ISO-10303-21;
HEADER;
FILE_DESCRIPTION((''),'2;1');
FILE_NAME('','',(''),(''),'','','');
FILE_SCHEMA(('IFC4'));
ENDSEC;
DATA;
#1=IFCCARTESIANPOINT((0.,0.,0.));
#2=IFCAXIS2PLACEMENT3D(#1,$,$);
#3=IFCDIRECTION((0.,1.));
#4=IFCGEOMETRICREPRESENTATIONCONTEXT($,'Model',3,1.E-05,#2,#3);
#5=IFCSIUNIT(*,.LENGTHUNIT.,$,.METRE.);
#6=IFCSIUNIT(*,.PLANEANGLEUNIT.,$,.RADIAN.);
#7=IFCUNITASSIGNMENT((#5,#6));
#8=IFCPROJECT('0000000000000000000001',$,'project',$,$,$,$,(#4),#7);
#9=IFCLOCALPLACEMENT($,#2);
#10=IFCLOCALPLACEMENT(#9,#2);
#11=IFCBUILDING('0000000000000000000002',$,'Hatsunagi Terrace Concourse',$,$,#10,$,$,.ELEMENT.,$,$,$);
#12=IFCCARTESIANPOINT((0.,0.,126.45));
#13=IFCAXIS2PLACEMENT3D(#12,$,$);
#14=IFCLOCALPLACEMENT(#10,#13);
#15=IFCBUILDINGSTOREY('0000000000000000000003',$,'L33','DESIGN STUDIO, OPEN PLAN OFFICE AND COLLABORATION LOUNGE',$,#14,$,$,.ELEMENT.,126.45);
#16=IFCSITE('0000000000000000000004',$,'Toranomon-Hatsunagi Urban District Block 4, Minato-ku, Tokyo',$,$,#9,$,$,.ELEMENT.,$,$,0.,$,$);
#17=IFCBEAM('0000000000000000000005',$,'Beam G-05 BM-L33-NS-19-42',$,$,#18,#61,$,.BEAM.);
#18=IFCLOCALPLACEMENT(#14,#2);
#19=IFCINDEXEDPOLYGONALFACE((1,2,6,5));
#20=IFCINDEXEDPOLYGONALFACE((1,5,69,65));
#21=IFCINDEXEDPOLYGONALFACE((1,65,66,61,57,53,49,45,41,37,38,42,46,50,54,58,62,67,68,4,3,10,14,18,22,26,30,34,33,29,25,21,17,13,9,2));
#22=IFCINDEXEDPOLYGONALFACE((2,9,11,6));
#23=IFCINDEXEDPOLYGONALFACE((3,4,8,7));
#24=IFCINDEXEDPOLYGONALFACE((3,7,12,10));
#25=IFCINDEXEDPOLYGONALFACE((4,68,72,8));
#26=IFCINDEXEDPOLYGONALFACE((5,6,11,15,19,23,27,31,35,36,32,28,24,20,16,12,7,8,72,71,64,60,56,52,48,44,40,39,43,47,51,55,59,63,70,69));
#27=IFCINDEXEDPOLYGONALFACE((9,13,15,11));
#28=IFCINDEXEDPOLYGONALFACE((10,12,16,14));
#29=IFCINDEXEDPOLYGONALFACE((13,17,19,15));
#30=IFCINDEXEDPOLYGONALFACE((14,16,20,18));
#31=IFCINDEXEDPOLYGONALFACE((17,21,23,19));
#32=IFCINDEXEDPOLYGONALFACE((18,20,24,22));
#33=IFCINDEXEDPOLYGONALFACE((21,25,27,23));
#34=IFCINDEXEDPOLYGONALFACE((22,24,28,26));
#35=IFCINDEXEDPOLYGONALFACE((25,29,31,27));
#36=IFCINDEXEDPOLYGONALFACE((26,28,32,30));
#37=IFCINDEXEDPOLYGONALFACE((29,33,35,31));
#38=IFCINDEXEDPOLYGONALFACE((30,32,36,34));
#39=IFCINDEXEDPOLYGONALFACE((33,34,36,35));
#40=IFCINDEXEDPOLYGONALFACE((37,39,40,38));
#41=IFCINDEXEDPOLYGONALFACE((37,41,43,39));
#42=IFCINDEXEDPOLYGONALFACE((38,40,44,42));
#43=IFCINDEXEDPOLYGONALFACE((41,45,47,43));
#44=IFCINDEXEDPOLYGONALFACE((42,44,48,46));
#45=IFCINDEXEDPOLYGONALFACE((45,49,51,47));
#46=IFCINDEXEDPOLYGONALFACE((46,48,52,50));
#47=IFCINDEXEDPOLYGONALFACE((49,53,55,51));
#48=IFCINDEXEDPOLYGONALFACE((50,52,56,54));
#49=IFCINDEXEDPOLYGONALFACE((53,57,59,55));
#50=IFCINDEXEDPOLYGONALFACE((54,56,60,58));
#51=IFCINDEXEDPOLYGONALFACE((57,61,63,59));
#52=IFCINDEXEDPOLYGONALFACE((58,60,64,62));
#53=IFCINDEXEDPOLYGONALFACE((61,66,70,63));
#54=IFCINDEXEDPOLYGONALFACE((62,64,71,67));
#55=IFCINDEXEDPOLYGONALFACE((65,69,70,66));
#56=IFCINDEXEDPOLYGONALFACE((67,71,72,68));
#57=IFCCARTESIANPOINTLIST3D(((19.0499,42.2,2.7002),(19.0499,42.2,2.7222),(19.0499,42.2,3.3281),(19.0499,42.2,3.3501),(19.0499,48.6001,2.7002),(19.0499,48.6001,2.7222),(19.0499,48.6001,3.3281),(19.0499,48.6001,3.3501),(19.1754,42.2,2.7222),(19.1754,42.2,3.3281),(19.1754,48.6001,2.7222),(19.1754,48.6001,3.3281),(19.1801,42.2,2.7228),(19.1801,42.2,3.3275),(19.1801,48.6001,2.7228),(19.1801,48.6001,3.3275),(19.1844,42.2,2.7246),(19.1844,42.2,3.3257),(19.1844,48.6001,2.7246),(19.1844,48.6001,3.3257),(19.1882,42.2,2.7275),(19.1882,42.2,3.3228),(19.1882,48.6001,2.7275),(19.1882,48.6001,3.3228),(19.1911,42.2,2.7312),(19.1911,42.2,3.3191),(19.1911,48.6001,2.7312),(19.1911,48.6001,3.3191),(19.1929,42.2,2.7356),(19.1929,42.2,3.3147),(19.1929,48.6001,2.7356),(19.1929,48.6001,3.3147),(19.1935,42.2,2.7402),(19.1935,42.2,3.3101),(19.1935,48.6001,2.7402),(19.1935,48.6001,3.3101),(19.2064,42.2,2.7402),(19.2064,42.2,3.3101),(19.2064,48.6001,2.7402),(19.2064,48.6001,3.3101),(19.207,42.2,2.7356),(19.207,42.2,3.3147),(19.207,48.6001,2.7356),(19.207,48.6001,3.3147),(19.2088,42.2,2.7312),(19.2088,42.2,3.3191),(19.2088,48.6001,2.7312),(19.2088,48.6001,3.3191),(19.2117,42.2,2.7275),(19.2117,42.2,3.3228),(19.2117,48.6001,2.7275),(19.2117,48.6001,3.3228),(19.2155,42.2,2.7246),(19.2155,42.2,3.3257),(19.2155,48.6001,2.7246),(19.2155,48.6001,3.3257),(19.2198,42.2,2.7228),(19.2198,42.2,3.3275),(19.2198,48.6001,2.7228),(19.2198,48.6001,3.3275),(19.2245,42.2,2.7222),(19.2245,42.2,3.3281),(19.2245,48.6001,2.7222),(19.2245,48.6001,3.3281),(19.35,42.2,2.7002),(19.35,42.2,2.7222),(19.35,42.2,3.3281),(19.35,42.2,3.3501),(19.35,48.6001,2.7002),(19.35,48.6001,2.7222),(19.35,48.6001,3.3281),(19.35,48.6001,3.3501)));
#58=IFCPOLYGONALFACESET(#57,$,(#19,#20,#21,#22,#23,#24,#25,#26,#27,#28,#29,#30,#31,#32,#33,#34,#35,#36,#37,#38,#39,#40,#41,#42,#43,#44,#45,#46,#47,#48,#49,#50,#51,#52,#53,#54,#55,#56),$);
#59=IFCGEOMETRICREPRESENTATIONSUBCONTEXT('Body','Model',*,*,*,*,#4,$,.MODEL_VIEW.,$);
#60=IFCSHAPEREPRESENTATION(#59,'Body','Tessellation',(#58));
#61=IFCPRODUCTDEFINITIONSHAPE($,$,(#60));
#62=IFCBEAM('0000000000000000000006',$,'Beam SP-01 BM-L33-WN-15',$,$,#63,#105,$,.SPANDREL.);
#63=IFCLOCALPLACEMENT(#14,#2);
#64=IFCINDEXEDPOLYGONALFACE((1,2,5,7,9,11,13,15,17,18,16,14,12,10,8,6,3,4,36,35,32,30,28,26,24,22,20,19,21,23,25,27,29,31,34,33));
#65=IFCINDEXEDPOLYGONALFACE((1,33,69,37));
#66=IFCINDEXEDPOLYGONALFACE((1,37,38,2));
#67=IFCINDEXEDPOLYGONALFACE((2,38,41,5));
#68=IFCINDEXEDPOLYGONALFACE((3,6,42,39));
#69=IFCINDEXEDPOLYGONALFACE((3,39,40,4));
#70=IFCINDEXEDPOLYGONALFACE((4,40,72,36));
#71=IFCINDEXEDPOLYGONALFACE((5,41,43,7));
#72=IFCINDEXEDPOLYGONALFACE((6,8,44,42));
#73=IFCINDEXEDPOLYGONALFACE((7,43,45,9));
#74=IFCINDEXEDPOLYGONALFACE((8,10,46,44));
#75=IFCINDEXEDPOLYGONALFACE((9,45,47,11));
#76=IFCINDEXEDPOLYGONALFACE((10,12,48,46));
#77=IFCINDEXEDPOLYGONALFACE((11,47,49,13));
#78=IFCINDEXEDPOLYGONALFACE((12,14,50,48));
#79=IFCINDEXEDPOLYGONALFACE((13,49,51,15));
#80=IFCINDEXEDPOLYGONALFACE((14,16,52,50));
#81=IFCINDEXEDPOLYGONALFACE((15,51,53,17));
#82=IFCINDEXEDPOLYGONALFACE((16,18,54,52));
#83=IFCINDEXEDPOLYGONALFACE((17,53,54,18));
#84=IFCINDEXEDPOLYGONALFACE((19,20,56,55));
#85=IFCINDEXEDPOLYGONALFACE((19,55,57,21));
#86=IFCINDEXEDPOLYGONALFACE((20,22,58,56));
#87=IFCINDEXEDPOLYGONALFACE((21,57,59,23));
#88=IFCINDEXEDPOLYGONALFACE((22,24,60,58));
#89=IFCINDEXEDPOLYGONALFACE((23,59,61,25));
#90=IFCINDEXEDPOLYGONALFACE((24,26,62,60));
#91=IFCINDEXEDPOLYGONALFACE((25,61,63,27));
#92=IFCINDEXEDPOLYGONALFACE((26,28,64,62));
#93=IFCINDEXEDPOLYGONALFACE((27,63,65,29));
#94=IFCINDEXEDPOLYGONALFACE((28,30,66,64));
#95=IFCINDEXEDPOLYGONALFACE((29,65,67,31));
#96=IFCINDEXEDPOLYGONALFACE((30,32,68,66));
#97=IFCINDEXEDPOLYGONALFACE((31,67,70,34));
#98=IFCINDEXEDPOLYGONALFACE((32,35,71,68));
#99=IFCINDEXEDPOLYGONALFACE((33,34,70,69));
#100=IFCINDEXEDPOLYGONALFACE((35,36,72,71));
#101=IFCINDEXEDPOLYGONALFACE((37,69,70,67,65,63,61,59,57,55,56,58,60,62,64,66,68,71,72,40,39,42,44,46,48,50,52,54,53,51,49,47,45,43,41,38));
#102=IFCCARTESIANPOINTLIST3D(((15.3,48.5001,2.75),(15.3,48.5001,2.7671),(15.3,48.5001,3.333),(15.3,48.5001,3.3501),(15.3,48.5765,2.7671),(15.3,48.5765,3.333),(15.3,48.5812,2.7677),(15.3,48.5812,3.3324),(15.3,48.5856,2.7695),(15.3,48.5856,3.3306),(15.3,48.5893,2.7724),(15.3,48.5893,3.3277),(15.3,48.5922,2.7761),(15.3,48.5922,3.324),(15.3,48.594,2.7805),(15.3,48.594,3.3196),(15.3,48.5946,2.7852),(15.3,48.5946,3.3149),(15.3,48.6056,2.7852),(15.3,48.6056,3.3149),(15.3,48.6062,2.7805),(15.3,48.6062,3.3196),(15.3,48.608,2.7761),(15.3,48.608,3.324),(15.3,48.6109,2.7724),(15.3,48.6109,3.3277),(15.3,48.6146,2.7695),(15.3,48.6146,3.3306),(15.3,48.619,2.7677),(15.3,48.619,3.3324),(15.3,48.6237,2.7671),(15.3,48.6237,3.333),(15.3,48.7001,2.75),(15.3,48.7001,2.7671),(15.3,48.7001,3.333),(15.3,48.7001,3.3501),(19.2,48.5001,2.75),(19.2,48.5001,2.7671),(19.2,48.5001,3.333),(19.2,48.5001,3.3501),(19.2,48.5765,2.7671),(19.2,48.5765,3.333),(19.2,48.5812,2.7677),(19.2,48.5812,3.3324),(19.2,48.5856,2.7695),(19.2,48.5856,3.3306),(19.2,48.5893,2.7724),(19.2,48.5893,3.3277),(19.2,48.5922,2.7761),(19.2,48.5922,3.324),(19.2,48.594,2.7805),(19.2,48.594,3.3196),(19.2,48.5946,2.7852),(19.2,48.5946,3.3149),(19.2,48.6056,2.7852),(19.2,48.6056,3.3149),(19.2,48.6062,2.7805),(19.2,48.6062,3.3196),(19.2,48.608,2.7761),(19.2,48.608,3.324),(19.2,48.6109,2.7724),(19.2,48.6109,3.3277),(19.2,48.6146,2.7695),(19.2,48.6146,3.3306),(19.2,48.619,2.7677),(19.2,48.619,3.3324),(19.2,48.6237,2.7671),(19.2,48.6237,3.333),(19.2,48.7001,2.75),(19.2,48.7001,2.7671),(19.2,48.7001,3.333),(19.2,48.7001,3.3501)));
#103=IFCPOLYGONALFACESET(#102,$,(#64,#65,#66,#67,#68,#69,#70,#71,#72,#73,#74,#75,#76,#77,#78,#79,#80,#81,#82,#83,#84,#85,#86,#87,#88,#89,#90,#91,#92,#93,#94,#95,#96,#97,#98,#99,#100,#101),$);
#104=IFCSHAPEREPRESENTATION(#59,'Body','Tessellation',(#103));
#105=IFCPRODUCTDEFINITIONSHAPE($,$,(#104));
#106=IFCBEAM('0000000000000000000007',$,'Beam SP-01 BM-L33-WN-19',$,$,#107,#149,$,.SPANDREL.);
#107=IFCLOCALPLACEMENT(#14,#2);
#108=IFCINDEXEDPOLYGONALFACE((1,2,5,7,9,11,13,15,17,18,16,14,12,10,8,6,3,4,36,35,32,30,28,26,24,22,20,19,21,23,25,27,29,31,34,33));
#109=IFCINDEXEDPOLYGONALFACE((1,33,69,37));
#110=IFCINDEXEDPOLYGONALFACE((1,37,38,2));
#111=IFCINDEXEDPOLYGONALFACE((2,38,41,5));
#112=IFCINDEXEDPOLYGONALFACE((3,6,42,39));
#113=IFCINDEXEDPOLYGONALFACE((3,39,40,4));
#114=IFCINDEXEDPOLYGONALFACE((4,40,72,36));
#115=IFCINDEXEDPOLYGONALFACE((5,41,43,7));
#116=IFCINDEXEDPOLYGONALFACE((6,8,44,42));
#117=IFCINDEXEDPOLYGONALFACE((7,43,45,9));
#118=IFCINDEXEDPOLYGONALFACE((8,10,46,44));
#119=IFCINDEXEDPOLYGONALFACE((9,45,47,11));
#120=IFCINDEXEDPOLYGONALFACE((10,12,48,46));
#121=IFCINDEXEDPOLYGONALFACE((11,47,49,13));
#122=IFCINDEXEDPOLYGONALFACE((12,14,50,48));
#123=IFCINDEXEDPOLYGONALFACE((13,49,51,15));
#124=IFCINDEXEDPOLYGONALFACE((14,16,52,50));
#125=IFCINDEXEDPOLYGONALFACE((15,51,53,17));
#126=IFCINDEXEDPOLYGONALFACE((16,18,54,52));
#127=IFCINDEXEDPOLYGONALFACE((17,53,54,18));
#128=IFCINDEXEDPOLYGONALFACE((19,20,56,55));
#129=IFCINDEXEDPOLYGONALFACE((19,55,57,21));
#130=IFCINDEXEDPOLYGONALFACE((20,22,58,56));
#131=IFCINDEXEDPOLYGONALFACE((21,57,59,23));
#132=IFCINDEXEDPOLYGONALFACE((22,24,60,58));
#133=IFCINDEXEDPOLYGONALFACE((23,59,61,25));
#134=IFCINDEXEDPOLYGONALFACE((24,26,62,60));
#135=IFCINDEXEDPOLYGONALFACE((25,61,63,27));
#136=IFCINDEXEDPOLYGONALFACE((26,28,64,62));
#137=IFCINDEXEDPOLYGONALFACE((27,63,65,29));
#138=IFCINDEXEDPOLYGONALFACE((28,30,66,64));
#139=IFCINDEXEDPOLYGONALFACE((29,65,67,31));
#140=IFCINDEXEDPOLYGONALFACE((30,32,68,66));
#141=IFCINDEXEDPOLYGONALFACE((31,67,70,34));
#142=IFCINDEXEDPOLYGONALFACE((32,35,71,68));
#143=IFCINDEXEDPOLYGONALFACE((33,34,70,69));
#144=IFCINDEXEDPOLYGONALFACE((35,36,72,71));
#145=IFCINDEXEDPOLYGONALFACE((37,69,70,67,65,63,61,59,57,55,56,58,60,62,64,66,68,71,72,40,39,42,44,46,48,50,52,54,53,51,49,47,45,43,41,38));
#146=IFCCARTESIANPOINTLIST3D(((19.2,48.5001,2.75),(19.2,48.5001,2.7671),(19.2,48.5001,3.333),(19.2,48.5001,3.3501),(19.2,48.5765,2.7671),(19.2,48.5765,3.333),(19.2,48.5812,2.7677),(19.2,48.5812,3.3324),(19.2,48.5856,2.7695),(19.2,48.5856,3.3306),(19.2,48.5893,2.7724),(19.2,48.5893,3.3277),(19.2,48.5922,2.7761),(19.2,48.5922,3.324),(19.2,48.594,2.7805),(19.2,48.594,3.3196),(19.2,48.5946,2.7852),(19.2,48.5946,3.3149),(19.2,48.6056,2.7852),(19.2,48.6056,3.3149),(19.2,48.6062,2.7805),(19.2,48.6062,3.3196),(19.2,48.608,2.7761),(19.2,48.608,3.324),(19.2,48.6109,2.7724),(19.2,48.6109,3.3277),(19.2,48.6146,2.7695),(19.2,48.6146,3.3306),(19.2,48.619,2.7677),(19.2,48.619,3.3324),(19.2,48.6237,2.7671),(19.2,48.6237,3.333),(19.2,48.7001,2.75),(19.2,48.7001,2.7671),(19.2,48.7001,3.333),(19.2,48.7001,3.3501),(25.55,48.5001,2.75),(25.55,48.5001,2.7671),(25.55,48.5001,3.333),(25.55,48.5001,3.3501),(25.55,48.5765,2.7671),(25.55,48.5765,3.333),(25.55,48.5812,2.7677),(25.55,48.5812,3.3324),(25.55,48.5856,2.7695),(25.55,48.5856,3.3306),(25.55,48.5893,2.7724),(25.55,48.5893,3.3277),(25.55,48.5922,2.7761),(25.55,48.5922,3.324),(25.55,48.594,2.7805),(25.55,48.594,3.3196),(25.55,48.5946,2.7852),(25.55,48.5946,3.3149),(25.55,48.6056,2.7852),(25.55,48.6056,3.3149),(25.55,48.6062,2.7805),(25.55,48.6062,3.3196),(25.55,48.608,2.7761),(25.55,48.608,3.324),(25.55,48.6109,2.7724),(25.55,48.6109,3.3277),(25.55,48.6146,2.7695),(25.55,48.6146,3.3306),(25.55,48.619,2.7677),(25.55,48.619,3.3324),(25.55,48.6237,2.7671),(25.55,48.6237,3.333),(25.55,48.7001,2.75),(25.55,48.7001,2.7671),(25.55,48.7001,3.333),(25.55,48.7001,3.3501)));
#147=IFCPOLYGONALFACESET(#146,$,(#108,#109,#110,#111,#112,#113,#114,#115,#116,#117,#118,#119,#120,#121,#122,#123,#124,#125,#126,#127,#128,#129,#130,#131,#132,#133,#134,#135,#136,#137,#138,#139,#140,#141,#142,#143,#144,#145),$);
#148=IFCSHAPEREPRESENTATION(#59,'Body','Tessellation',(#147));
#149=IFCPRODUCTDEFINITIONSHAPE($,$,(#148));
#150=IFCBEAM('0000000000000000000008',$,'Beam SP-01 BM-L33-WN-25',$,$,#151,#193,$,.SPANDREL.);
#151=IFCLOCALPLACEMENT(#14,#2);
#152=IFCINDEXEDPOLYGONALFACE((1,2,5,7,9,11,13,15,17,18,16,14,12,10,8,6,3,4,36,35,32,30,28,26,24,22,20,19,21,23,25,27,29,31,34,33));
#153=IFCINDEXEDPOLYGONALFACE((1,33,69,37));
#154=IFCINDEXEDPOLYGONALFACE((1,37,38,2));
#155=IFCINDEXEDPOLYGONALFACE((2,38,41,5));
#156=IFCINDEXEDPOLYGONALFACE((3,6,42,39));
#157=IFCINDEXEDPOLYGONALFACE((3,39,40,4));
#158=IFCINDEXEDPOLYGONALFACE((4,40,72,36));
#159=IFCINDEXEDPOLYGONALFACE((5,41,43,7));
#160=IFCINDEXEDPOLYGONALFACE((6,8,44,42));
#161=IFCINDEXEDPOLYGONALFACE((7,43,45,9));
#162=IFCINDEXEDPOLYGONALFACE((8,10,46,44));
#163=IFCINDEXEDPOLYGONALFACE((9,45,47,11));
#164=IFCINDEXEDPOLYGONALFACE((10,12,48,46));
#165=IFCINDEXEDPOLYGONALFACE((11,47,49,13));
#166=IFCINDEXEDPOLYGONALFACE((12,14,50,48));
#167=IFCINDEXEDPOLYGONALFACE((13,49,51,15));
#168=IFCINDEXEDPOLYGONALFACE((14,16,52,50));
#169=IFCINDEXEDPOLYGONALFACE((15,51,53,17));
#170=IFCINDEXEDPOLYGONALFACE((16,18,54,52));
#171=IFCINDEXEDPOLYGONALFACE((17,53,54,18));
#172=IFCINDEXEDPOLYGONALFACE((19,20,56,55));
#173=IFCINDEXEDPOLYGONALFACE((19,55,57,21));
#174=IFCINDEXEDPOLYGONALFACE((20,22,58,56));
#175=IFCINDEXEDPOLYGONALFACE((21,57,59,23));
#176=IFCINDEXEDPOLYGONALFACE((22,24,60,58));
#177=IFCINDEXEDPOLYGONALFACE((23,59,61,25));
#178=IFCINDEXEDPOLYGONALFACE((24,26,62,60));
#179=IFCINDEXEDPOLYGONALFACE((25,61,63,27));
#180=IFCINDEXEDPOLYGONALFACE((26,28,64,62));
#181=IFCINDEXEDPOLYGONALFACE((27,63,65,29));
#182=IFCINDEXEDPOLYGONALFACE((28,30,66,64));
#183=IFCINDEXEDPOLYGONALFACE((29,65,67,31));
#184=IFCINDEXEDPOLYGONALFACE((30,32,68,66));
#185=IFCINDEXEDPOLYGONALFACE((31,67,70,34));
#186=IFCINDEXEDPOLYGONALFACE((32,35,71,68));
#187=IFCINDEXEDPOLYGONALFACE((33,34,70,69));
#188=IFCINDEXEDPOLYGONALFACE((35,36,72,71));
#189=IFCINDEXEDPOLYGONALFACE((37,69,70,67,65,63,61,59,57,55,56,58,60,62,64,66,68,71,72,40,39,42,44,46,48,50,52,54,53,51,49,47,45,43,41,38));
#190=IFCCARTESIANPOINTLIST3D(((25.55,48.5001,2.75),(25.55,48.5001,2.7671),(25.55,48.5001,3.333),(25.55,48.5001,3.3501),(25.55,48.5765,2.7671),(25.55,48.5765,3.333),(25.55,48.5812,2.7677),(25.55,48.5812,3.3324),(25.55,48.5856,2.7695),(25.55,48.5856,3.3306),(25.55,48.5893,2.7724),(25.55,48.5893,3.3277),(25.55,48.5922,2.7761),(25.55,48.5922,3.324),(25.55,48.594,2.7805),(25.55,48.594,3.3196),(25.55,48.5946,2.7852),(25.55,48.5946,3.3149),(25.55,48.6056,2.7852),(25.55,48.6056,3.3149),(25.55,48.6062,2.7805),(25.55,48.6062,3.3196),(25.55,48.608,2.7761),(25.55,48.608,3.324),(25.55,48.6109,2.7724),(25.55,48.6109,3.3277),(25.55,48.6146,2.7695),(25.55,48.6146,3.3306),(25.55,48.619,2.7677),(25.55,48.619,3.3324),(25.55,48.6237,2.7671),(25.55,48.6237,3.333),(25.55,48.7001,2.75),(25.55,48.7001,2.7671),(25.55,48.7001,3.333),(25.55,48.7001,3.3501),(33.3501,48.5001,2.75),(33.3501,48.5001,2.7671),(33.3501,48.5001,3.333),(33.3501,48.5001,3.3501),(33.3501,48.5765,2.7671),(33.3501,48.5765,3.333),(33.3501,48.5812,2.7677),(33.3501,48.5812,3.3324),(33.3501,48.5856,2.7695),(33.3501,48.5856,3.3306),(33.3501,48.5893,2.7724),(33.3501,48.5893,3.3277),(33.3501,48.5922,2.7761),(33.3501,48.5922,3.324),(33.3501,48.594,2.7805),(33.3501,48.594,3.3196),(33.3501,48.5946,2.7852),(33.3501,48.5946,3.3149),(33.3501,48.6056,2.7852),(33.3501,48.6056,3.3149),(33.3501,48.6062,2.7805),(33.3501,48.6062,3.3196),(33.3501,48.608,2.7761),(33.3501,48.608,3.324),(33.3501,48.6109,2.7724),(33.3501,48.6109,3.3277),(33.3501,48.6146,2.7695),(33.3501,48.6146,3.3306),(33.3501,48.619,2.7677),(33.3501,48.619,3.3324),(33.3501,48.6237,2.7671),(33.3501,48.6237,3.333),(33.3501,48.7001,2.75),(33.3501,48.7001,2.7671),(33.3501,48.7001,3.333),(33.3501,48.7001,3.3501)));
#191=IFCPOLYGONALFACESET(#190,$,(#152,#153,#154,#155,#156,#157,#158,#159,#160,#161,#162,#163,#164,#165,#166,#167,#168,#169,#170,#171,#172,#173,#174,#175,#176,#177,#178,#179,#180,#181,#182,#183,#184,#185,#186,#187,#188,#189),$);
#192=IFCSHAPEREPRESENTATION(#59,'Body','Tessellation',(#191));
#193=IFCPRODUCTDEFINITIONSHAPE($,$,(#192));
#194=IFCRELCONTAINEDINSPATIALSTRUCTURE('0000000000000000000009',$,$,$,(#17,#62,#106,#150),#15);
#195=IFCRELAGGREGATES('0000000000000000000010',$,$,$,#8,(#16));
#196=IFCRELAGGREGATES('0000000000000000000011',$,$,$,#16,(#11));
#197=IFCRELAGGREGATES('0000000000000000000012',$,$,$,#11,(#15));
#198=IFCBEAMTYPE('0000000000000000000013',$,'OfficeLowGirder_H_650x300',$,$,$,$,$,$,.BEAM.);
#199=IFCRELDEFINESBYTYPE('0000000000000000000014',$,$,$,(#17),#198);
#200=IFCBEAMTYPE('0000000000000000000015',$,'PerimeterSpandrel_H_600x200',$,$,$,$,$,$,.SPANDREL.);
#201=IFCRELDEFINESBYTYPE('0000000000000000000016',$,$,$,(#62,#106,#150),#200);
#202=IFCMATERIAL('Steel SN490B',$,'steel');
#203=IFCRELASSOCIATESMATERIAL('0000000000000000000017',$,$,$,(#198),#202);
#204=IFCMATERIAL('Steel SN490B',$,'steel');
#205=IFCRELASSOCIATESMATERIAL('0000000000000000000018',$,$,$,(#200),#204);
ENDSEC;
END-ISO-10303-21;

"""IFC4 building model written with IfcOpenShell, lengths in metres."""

from ifc_helpers import new_model, si_unit, direction, frame, origin, origin_2d, place, context, subcontext, project, spatial, i_section, extrude, material, material_profile, profile_set, type_object, element, save


model = new_model("IFC4")

# Units and contexts
model_context = context("Model", 3, precision=1e-05, world=origin(), true_north=direction((0.0, 1.0)))
body_context = subcontext(model_context, "Body", "Model", "MODEL_VIEW")
ifc_project = project(units=[si_unit("LENGTHUNIT", "METRE"), si_unit("PLANEANGLEUNIT", "RADIAN")], contexts=[model_context])

# Site, building, storey
site_placement = place(None, origin())
site = spatial("IfcSite", under=ifc_project, at=site_placement, Name="Toranomon-Hatsunagi Urban District Block 4, Minato-ku, Tokyo", CompositionType="ELEMENT", RefElevation=0.0)
building_placement = place(site_placement, origin())
building = spatial("IfcBuilding", under=site, at=building_placement, Name="Hatsunagi Terrace Concourse", CompositionType="ELEMENT")
storey_placement = place(building_placement, frame((0.0, 0.0, 126.45)))
storey = spatial("IfcBuildingStorey", under=building, at=storey_placement, Name="L33", Description="DESIGN STUDIO, OPEN PLAN OFFICE AND COLLABORATION LOUNGE", CompositionType="ELEMENT", Elevation=126.45)

# Beams
ifc_material_1 = material(Name="Steel SN490B", Category="steel")
ifc_material_profile_1 = material_profile(ifc_material_1, i_section(OverallWidth=0.3, OverallDepth=0.6499, WebThickness=0.0129, FlangeThickness=0.022, FilletRadius=0.0181, at=origin_2d()), Name="H-650x300x13x22")
ifc_profile_set_1 = profile_set([ifc_material_profile_1], Name="Steel SN490B")
beam_type_1 = type_object("IfcBeamType", Name="OfficeLowGirder_H_650x300", PredefinedType="BEAM", material=ifc_profile_set_1)
beam_1_placement = place(storey_placement, frame((19.2, 42.2, 3.0251), z_axis=(0.0, 1.0, 0.0), x_axis=(-1.0, 0.0, 0.0)))
element("IfcBeam", 1, at=beam_1_placement, inside=storey, type_object=beam_type_1, Name="Beam G-05 BM-L33-NS-19-42", PredefinedType="BEAM", context=body_context, shape_type="SweptSolid", body=[
    extrude(i_section(OverallWidth=0.3, OverallDepth=0.6499, WebThickness=0.0129, FlangeThickness=0.022, FilletRadius=0.0181, at=origin_2d()), origin(), (0.0, 0.0, 1.0), 6.4001),
])
ifc_material_2 = material(Name="Steel SN490B", Category="steel")
ifc_material_profile_2 = material_profile(ifc_material_2, i_section(OverallWidth=0.2, OverallDepth=0.6001, WebThickness=0.011, FlangeThickness=0.0171, FilletRadius=0.0181, at=origin_2d()), Name="H-600x200x11x17")
ifc_profile_set_2 = profile_set([ifc_material_profile_2], Name="Steel SN490B")
beam_type_2 = type_object("IfcBeamType", Name="PerimeterSpandrel_H_600x200", PredefinedType="SPANDREL", material=ifc_profile_set_2)
beam_2_placement = place(storey_placement, frame((15.3, 48.6001, 3.05), z_axis=(1.0, 0.0, 0.0), x_axis=(0.0, 1.0, 0.0)))
element("IfcBeam", 2, at=beam_2_placement, inside=storey, type_object=beam_type_2, Name="Beam SP-01 BM-L33-WN-15", PredefinedType="SPANDREL", context=body_context, shape_type="SweptSolid", body=[
    extrude(i_section(OverallWidth=0.2, OverallDepth=0.6001, WebThickness=0.011, FlangeThickness=0.0171, FilletRadius=0.0181, at=origin_2d()), origin(), (0.0, 0.0, 1.0), 3.8999),
])
beam_3_placement = place(storey_placement, frame((19.2, 48.6001, 3.05), z_axis=(1.0, 0.0, 0.0), x_axis=(0.0, 1.0, 0.0)))
element("IfcBeam", 3, at=beam_3_placement, inside=storey, type_object=beam_type_2, Name="Beam SP-01 BM-L33-WN-19", PredefinedType="SPANDREL", context=body_context, shape_type="SweptSolid", body=[
    extrude(i_section(OverallWidth=0.2, OverallDepth=0.6001, WebThickness=0.011, FlangeThickness=0.0171, FilletRadius=0.0181, at=origin_2d()), origin(), (0.0, 0.0, 1.0), 6.3501),
])
beam_4_placement = place(storey_placement, frame((25.55, 48.6001, 3.05), z_axis=(1.0, 0.0, 0.0), x_axis=(0.0, 1.0, 0.0)))
element("IfcBeam", 4, at=beam_4_placement, inside=storey, type_object=beam_type_2, Name="Beam SP-01 BM-L33-WN-25", PredefinedType="SPANDREL", context=body_context, shape_type="SweptSolid", body=[
    extrude(i_section(OverallWidth=0.2, OverallDepth=0.6001, WebThickness=0.011, FlangeThickness=0.0171, FilletRadius=0.0181, at=origin_2d()), origin(), (0.0, 0.0, 1.0), 7.8),
])

save(model, "model.ifc")
